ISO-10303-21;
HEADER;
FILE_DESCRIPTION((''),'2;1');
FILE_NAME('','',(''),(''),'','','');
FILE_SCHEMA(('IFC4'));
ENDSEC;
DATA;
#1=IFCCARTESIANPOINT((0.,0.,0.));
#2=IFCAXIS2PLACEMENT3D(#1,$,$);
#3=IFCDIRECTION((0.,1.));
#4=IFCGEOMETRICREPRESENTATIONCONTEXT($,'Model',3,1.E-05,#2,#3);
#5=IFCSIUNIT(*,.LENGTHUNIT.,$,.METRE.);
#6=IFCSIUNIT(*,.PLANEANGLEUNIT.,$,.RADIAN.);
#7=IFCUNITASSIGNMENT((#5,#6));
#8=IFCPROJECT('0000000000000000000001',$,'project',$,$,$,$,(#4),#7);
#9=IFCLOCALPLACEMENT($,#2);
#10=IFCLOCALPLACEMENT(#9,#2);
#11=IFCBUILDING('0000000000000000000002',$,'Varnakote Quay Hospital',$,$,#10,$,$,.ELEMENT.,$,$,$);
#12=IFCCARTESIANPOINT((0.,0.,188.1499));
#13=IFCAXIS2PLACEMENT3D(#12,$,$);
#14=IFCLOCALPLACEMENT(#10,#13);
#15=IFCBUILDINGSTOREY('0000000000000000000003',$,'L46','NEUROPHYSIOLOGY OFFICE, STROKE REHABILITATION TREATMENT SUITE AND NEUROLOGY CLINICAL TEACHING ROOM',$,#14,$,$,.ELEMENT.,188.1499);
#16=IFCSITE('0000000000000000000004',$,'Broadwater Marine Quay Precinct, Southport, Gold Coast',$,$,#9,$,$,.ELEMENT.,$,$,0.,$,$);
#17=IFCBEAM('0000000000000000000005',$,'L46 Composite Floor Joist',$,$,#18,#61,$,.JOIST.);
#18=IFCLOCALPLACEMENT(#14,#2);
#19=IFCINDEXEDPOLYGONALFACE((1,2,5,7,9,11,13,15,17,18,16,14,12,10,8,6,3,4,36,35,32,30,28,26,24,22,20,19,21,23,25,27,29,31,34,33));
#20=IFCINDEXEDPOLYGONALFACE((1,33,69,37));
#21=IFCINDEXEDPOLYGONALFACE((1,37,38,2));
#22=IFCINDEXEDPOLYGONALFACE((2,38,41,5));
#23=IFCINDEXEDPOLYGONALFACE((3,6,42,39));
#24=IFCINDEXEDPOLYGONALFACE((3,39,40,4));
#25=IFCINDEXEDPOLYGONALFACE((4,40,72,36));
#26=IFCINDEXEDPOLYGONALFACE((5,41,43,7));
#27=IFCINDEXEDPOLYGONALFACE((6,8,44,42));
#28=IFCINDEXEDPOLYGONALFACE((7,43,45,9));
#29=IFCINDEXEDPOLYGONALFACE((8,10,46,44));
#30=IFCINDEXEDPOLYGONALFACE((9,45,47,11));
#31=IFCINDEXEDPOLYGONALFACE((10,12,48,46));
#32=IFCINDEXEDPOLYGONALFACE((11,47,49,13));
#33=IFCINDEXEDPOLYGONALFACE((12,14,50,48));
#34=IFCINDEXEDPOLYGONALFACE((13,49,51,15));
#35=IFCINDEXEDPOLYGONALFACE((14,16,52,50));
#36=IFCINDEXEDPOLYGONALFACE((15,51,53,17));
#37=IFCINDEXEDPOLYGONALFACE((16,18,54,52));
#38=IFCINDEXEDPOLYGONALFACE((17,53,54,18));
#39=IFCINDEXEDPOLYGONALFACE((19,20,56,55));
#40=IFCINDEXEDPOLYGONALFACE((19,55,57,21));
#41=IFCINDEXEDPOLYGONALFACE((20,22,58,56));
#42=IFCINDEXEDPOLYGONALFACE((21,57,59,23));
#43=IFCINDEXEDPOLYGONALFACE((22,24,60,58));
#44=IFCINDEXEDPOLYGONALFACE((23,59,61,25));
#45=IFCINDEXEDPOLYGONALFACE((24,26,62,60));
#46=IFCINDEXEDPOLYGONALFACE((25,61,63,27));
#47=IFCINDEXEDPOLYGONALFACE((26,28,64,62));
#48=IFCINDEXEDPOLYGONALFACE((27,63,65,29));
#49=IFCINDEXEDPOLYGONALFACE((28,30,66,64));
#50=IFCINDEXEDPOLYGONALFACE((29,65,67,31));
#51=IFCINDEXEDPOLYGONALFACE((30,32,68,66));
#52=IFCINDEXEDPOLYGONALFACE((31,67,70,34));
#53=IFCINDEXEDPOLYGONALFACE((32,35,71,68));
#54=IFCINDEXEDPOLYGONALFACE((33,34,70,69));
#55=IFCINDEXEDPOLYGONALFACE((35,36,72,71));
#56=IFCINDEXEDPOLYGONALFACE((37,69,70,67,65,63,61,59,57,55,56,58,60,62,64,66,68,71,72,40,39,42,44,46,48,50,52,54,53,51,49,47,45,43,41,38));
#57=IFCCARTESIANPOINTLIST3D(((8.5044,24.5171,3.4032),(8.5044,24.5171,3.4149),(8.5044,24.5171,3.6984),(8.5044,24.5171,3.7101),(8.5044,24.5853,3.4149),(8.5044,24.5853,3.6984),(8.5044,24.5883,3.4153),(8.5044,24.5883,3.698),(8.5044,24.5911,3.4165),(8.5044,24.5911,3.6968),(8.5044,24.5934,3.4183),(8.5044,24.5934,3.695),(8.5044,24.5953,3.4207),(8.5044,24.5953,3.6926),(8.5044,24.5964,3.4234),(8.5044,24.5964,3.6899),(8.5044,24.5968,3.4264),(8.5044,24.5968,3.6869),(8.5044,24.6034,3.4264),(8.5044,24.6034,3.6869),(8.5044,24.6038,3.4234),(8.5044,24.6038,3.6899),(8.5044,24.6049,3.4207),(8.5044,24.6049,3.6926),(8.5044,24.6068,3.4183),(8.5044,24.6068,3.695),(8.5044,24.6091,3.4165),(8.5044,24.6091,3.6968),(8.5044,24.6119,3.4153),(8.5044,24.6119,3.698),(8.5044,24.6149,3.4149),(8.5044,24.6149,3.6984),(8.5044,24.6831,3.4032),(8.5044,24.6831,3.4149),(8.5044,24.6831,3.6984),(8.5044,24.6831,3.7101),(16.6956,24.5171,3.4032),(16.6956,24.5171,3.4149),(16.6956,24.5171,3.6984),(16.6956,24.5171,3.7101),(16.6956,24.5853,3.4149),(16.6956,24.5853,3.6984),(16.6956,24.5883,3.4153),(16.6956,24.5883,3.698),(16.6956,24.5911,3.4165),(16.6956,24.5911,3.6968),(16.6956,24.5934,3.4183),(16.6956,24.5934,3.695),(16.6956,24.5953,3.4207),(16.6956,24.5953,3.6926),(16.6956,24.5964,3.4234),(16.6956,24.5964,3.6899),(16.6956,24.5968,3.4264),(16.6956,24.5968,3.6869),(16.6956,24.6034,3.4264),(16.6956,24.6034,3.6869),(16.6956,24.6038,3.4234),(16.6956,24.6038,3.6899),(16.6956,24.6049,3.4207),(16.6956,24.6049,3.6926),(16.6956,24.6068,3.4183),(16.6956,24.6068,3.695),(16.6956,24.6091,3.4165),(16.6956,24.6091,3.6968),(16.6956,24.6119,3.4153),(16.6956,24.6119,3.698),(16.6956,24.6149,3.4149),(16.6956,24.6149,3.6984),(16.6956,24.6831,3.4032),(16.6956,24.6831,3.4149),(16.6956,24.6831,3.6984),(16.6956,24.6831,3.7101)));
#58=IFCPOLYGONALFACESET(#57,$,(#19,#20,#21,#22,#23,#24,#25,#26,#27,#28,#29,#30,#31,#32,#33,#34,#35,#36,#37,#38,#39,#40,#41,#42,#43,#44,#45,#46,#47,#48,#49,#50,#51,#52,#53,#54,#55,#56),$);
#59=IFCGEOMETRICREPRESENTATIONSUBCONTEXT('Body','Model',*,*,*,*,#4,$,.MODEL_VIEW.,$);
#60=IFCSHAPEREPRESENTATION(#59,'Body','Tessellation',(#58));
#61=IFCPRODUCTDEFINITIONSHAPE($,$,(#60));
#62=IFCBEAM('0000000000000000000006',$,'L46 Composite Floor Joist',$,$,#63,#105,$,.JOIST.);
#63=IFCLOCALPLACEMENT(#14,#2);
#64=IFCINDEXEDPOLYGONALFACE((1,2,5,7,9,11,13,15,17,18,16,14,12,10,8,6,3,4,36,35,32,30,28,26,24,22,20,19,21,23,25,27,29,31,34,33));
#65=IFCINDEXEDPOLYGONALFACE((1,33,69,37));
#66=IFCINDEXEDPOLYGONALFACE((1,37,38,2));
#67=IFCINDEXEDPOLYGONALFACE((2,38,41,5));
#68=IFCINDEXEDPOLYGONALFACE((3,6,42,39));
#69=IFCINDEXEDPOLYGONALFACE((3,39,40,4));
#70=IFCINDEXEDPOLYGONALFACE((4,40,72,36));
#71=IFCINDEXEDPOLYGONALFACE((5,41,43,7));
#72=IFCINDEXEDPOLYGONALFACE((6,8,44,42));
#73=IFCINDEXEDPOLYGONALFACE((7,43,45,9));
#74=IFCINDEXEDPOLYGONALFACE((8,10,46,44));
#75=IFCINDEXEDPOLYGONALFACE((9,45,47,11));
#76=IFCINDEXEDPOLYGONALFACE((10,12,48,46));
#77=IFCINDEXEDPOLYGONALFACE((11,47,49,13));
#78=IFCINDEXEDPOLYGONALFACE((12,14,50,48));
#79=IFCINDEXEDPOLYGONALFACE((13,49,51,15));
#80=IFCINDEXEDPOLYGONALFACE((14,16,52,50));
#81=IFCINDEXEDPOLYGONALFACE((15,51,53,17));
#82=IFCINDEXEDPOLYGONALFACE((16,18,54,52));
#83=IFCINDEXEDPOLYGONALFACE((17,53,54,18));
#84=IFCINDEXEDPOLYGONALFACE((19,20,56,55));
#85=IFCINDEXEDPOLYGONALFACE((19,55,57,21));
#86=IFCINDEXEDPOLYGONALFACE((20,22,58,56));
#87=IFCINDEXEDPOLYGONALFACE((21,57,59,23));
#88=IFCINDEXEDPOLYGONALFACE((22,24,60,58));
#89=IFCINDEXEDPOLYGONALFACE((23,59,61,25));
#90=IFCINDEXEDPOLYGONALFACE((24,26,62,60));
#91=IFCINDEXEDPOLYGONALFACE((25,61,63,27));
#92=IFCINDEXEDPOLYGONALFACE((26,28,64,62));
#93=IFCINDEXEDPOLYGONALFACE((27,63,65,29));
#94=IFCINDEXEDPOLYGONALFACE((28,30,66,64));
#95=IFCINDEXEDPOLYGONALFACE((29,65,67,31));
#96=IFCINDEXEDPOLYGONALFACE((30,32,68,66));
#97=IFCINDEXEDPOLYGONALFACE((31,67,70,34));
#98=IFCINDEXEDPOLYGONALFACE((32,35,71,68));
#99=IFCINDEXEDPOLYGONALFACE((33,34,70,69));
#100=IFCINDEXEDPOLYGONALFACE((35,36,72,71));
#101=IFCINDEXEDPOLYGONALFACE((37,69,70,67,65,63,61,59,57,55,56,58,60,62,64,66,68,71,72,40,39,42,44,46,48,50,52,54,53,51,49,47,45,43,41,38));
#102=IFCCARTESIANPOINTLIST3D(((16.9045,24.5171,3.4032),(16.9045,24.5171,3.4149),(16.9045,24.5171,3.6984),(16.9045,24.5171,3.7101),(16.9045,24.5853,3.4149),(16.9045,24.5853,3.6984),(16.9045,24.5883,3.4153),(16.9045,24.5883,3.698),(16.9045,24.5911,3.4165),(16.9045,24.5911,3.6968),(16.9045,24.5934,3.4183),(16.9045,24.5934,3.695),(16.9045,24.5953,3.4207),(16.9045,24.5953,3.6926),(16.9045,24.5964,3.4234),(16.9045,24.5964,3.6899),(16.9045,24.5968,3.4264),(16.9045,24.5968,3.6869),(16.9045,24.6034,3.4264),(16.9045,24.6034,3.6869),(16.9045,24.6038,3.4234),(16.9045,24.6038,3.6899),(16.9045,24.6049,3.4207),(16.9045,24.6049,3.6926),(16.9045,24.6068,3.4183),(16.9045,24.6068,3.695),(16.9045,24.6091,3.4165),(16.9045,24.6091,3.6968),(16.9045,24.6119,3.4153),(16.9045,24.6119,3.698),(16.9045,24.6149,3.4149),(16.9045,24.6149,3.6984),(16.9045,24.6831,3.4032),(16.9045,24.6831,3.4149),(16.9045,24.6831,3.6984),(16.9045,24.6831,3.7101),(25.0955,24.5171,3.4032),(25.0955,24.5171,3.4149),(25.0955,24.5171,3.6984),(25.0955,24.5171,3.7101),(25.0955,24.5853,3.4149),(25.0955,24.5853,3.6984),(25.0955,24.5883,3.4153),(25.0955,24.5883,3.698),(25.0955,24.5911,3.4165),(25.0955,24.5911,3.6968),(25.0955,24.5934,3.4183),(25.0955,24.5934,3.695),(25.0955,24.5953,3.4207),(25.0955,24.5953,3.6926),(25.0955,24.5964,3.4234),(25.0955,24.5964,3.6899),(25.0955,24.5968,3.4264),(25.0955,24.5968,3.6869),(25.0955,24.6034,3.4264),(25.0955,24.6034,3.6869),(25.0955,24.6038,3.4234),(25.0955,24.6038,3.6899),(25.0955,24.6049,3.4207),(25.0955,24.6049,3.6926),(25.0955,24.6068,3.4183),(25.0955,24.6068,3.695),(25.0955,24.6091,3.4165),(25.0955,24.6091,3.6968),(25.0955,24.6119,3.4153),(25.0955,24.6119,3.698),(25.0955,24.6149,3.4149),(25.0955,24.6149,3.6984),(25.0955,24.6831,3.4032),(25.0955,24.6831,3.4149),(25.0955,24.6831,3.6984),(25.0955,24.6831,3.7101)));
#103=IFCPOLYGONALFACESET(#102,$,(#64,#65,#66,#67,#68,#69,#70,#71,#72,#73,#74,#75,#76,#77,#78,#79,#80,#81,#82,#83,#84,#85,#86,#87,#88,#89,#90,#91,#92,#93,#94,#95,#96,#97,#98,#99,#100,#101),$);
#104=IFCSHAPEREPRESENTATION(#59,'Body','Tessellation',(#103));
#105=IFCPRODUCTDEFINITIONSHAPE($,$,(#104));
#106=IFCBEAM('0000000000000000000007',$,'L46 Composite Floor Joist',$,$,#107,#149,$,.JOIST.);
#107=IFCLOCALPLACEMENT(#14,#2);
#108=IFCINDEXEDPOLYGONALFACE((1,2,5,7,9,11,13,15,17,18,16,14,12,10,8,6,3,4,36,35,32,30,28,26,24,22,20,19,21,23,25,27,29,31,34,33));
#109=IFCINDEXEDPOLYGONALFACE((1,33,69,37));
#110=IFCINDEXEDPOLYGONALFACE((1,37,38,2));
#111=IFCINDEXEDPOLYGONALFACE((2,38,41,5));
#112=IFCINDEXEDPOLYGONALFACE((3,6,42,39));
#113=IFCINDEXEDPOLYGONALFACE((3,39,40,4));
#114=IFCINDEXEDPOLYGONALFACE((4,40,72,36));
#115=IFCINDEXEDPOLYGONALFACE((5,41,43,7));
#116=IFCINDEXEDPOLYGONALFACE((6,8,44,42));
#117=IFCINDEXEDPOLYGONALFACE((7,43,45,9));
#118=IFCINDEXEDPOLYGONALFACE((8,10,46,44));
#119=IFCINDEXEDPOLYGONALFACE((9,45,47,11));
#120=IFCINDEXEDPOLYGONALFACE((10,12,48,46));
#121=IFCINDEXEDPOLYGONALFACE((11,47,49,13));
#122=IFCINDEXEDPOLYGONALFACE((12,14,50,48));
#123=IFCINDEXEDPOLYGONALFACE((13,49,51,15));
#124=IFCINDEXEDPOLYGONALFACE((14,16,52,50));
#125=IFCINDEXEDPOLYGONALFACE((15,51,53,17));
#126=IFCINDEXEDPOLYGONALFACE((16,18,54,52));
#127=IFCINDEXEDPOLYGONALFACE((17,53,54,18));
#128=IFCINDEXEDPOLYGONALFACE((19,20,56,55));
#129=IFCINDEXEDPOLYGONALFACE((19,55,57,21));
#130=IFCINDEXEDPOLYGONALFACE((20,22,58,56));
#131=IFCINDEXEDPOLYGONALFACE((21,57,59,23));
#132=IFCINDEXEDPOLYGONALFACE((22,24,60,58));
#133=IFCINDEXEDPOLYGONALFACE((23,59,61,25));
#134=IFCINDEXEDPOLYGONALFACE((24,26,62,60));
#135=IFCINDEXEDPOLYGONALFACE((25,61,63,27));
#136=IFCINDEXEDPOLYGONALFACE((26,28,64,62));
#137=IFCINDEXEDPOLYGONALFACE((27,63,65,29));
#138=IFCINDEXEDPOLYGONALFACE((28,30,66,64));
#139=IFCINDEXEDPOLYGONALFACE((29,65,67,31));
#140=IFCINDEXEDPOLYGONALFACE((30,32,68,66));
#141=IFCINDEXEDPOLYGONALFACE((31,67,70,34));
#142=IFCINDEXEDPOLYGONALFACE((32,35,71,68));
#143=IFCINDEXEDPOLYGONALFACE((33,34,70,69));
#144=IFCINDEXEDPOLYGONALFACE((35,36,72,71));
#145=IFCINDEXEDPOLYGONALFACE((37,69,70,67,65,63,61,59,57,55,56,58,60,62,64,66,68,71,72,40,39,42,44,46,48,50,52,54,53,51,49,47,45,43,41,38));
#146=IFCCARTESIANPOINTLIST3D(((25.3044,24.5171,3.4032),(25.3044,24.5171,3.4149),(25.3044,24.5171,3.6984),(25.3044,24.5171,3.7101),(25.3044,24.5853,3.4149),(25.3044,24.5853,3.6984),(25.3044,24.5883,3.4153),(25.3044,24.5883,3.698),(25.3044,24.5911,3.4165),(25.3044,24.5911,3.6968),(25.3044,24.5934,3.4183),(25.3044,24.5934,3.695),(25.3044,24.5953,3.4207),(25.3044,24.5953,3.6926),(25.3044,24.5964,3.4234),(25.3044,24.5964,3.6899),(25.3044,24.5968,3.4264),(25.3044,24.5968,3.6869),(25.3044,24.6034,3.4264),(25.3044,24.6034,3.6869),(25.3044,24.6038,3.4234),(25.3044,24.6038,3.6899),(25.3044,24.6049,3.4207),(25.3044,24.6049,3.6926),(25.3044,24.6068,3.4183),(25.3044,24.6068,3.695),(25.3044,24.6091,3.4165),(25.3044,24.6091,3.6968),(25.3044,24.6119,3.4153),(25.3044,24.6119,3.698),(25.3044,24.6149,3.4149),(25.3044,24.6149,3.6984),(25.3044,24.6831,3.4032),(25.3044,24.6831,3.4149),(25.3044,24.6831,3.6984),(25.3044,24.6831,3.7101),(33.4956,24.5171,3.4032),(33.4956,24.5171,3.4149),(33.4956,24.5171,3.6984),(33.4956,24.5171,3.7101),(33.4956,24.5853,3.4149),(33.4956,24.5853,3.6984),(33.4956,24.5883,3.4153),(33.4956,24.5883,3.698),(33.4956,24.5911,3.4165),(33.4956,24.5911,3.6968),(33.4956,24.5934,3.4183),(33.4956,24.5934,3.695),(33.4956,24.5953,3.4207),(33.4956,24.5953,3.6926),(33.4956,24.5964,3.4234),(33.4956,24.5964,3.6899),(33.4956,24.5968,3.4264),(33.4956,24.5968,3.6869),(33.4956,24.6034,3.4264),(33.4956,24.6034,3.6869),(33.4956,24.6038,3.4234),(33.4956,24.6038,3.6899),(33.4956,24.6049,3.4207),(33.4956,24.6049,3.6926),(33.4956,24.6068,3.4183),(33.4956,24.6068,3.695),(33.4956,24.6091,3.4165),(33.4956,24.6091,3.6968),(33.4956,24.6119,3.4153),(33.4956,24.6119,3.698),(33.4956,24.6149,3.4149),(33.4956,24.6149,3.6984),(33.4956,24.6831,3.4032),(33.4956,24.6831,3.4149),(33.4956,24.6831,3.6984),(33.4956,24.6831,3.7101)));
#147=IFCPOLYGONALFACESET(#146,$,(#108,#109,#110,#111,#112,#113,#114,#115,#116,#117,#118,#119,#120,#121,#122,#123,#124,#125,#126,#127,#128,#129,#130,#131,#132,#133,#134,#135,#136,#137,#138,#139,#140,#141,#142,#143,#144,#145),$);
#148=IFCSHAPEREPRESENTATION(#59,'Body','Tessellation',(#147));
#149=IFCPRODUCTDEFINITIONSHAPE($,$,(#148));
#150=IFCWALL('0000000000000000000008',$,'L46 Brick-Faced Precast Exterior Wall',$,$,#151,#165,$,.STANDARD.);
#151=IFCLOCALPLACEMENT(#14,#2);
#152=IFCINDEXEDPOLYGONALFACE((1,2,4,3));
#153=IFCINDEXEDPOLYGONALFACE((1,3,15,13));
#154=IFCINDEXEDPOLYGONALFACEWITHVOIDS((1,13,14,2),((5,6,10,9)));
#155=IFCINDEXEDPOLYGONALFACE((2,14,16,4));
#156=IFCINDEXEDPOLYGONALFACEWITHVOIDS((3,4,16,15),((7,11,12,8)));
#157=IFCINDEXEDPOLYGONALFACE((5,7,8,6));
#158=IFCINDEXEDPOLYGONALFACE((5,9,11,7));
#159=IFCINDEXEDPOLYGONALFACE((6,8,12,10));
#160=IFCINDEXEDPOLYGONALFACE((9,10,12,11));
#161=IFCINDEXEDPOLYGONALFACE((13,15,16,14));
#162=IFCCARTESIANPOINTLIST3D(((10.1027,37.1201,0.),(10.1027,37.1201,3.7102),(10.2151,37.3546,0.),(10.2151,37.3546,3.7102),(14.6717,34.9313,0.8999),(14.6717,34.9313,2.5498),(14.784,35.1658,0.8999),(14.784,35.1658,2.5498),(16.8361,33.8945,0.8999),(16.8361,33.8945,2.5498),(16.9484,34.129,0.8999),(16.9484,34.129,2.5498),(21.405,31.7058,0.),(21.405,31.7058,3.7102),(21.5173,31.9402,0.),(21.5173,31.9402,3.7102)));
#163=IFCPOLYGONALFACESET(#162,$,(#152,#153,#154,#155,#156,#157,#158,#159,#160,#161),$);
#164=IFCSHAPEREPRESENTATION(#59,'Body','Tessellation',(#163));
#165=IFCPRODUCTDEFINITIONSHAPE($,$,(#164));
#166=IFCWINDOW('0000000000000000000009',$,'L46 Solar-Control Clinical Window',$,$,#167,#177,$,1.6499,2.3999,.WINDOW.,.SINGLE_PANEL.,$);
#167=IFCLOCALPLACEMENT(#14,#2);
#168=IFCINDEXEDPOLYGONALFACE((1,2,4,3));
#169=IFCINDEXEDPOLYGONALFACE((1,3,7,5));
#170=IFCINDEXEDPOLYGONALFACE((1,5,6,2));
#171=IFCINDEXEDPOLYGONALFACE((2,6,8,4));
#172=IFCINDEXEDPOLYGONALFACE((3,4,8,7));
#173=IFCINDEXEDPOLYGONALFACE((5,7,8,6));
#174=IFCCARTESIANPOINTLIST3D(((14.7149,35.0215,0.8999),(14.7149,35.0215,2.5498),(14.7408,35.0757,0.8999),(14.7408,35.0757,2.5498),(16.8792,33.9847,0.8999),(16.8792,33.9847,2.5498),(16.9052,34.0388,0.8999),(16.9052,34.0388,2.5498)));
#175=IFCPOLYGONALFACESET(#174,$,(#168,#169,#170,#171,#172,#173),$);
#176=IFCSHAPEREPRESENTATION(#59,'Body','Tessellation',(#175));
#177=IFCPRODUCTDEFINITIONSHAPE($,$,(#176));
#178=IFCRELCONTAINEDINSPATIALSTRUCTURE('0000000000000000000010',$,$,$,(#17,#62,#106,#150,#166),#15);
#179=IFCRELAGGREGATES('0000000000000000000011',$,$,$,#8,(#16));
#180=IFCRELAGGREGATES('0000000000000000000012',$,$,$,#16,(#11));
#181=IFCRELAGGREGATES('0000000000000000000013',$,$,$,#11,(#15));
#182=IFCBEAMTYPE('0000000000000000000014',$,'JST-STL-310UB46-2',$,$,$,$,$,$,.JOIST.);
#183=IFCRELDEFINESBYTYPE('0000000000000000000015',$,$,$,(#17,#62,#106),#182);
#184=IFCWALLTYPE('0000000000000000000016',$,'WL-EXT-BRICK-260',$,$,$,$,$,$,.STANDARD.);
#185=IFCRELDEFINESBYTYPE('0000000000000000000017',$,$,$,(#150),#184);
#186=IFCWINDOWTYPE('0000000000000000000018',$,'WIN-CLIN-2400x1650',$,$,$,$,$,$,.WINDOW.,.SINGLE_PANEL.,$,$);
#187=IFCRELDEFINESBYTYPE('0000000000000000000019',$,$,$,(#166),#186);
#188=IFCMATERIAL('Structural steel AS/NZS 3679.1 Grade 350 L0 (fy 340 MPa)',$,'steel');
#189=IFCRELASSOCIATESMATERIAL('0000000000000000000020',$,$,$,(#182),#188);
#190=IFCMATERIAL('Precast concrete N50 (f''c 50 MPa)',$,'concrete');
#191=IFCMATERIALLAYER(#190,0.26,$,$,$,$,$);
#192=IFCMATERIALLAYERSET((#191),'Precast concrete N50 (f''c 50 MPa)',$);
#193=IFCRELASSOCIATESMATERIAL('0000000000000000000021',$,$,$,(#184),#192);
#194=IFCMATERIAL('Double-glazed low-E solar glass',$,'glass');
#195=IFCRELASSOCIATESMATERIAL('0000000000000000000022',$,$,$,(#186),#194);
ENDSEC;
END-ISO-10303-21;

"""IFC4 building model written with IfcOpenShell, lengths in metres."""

from ifc_helpers import new_model, si_unit, direction, frame, frame_2d, origin, origin_2d, place, context, subcontext, project, spatial, rectangle, i_section, extrude, material, layer, layer_set, material_profile, profile_set, type_object, element, fill, save


model = new_model("IFC4")

# Units and contexts
model_context = context("Model", 3, precision=1e-05, world=origin(), true_north=direction((0.0, 1.0)))
body_context = subcontext(model_context, "Body", "Model", "MODEL_VIEW")
ifc_project = project(units=[si_unit("LENGTHUNIT", "METRE"), si_unit("PLANEANGLEUNIT", "RADIAN")], contexts=[model_context])

# Site, building, storey
site_placement = place(None, origin())
site = spatial("IfcSite", under=ifc_project, at=site_placement, Name="Broadwater Marine Quay Precinct, Southport, Gold Coast", CompositionType="ELEMENT", RefElevation=0.0)
building_placement = place(site_placement, origin())
building = spatial("IfcBuilding", under=site, at=building_placement, Name="Varnakote Quay Hospital", CompositionType="ELEMENT")
storey_placement = place(building_placement, frame((0.0, 0.0, 188.1499)))
storey = spatial("IfcBuildingStorey", under=building, at=storey_placement, Name="L46", Description="NEUROPHYSIOLOGY OFFICE, STROKE REHABILITATION TREATMENT SUITE AND NEUROLOGY CLINICAL TEACHING ROOM", CompositionType="ELEMENT", Elevation=188.1499)

# Beams
ifc_material_1 = material(Name="Structural steel AS/NZS 3679.1 Grade 350 L0 (fy 340 MPa)", Category="steel")
ifc_material_profile_1 = material_profile(ifc_material_1, i_section(OverallWidth=0.166, OverallDepth=0.3069, WebThickness=0.0066, FlangeThickness=0.0117, FilletRadius=0.0115, at=origin_2d()), Name="310UB46.2")
ifc_profile_set_1 = profile_set([ifc_material_profile_1], Name="Structural steel AS/NZS 3679.1 Grade 350 L0 (fy 340 MPa)")
beam_type_1 = type_object("IfcBeamType", Name="JST-STL-310UB46-2", PredefinedType="JOIST", material=ifc_profile_set_1)
beam_1_placement = place(storey_placement, frame((8.5044, 24.6001, 3.5566), z_axis=(1.0, 0.0, 0.0), x_axis=(0.0, 1.0, 0.0)))
element("IfcBeam", 1, at=beam_1_placement, inside=storey, type_object=beam_type_1, Name="L46 Composite Floor Joist", PredefinedType="JOIST", context=body_context, shape_type="SweptSolid", body=[
    extrude(i_section(OverallWidth=0.166, OverallDepth=0.3069, WebThickness=0.0066, FlangeThickness=0.0117, FilletRadius=0.0115, at=origin_2d()), origin(), (0.0, 0.0, 1.0), 8.1912),
])
beam_2_placement = place(storey_placement, frame((16.9045, 24.6001, 3.5566), z_axis=(1.0, 0.0, 0.0), x_axis=(0.0, 1.0, 0.0)))
element("IfcBeam", 2, at=beam_2_placement, inside=storey, type_object=beam_type_1, Name="L46 Composite Floor Joist", PredefinedType="JOIST", context=body_context, shape_type="SweptSolid", body=[
    extrude(i_section(OverallWidth=0.166, OverallDepth=0.3069, WebThickness=0.0066, FlangeThickness=0.0117, FilletRadius=0.0115, at=origin_2d()), origin(), (0.0, 0.0, 1.0), 8.1909),
])
beam_3_placement = place(storey_placement, frame((25.3044, 24.6001, 3.5566), z_axis=(1.0, 0.0, 0.0), x_axis=(0.0, 1.0, 0.0)))
element("IfcBeam", 3, at=beam_3_placement, inside=storey, type_object=beam_type_1, Name="L46 Composite Floor Joist", PredefinedType="JOIST", context=body_context, shape_type="SweptSolid", body=[
    extrude(i_section(OverallWidth=0.166, OverallDepth=0.3069, WebThickness=0.0066, FlangeThickness=0.0117, FilletRadius=0.0115, at=origin_2d()), origin(), (0.0, 0.0, 1.0), 8.1912),
])

# Wall, opening, window
ifc_material_2 = material(Name="Precast concrete N50 (f'c 50 MPa)", Category="concrete")
ifc_layer_1 = layer(ifc_material_2, 0.26)
ifc_layer_set_1 = layer_set([ifc_layer_1], Name="Precast concrete N50 (f'c 50 MPa)")
wall_type_1 = type_object("IfcWallType", Name="WL-EXT-BRICK-260", PredefinedType="STANDARD", material=ifc_layer_set_1)
wall_1_placement = place(storey_placement, frame((21.4612, 31.823, 0.0), z_axis=(0.0, 0.0, 1.0), x_axis=(-0.901858, 0.432032, 0.0)))
wall_1 = element("IfcWall", 4, at=wall_1_placement, inside=storey, type_object=wall_type_1, Name="L46 Brick-Faced Precast Exterior Wall", PredefinedType="STANDARD", context=body_context, shape_type="SweptSolid", body=[
    extrude(rectangle(XDim=12.5322, YDim=0.26, at=frame_2d((6.2661, 0.0))), origin(), (0.0, 0.0, 1.0), 3.7102),
])
opening_1_placement = place(wall_1_placement, frame((5.0662, 0.0, 0.8999)))
opening_1 = element("IfcOpeningElement", 5, at=opening_1_placement, cuts=wall_1, PredefinedType="OPENING", context=body_context, shape_type="SweptSolid", body=[
    extrude(rectangle(XDim=2.3999, YDim=1.6499, at=frame_2d((1.2, 0.825))), frame((0.0, 0.1399, 0.0), z_axis=(0.0, -1.0, 0.0), x_axis=(1.0, 0.0, 0.0)), (0.0, 0.0, 1.0), 0.28),
])
ifc_material_3 = material(Name="Double-glazed low-E solar glass", Category="glass")
window_type = type_object("IfcWindowType", Name="WIN-CLIN-2400x1650", PartitioningType="SINGLE_PANEL", PredefinedType="WINDOW", material=ifc_material_3)
window_1_placement = place(opening_1_placement, origin())
window_1 = element("IfcWindow", 6, at=window_1_placement, inside=storey, type_object=window_type, Name="L46 Solar-Control Clinical Window", OverallHeight=1.6499, OverallWidth=2.3999, PartitioningType="SINGLE_PANEL", PredefinedType="WINDOW", context=body_context, shape_type="SweptSolid", body=[
    extrude(rectangle(XDim=2.3999, YDim=1.6499, at=frame_2d((1.2, 0.825))), frame((0.0, 0.03, 0.0), z_axis=(0.0, -1.0, 0.0), x_axis=(1.0, 0.0, 0.0)), (0.0, 0.0, 1.0), 0.0601),
])
fill(opening_1, window_1)

save(model, "model.ifc")
